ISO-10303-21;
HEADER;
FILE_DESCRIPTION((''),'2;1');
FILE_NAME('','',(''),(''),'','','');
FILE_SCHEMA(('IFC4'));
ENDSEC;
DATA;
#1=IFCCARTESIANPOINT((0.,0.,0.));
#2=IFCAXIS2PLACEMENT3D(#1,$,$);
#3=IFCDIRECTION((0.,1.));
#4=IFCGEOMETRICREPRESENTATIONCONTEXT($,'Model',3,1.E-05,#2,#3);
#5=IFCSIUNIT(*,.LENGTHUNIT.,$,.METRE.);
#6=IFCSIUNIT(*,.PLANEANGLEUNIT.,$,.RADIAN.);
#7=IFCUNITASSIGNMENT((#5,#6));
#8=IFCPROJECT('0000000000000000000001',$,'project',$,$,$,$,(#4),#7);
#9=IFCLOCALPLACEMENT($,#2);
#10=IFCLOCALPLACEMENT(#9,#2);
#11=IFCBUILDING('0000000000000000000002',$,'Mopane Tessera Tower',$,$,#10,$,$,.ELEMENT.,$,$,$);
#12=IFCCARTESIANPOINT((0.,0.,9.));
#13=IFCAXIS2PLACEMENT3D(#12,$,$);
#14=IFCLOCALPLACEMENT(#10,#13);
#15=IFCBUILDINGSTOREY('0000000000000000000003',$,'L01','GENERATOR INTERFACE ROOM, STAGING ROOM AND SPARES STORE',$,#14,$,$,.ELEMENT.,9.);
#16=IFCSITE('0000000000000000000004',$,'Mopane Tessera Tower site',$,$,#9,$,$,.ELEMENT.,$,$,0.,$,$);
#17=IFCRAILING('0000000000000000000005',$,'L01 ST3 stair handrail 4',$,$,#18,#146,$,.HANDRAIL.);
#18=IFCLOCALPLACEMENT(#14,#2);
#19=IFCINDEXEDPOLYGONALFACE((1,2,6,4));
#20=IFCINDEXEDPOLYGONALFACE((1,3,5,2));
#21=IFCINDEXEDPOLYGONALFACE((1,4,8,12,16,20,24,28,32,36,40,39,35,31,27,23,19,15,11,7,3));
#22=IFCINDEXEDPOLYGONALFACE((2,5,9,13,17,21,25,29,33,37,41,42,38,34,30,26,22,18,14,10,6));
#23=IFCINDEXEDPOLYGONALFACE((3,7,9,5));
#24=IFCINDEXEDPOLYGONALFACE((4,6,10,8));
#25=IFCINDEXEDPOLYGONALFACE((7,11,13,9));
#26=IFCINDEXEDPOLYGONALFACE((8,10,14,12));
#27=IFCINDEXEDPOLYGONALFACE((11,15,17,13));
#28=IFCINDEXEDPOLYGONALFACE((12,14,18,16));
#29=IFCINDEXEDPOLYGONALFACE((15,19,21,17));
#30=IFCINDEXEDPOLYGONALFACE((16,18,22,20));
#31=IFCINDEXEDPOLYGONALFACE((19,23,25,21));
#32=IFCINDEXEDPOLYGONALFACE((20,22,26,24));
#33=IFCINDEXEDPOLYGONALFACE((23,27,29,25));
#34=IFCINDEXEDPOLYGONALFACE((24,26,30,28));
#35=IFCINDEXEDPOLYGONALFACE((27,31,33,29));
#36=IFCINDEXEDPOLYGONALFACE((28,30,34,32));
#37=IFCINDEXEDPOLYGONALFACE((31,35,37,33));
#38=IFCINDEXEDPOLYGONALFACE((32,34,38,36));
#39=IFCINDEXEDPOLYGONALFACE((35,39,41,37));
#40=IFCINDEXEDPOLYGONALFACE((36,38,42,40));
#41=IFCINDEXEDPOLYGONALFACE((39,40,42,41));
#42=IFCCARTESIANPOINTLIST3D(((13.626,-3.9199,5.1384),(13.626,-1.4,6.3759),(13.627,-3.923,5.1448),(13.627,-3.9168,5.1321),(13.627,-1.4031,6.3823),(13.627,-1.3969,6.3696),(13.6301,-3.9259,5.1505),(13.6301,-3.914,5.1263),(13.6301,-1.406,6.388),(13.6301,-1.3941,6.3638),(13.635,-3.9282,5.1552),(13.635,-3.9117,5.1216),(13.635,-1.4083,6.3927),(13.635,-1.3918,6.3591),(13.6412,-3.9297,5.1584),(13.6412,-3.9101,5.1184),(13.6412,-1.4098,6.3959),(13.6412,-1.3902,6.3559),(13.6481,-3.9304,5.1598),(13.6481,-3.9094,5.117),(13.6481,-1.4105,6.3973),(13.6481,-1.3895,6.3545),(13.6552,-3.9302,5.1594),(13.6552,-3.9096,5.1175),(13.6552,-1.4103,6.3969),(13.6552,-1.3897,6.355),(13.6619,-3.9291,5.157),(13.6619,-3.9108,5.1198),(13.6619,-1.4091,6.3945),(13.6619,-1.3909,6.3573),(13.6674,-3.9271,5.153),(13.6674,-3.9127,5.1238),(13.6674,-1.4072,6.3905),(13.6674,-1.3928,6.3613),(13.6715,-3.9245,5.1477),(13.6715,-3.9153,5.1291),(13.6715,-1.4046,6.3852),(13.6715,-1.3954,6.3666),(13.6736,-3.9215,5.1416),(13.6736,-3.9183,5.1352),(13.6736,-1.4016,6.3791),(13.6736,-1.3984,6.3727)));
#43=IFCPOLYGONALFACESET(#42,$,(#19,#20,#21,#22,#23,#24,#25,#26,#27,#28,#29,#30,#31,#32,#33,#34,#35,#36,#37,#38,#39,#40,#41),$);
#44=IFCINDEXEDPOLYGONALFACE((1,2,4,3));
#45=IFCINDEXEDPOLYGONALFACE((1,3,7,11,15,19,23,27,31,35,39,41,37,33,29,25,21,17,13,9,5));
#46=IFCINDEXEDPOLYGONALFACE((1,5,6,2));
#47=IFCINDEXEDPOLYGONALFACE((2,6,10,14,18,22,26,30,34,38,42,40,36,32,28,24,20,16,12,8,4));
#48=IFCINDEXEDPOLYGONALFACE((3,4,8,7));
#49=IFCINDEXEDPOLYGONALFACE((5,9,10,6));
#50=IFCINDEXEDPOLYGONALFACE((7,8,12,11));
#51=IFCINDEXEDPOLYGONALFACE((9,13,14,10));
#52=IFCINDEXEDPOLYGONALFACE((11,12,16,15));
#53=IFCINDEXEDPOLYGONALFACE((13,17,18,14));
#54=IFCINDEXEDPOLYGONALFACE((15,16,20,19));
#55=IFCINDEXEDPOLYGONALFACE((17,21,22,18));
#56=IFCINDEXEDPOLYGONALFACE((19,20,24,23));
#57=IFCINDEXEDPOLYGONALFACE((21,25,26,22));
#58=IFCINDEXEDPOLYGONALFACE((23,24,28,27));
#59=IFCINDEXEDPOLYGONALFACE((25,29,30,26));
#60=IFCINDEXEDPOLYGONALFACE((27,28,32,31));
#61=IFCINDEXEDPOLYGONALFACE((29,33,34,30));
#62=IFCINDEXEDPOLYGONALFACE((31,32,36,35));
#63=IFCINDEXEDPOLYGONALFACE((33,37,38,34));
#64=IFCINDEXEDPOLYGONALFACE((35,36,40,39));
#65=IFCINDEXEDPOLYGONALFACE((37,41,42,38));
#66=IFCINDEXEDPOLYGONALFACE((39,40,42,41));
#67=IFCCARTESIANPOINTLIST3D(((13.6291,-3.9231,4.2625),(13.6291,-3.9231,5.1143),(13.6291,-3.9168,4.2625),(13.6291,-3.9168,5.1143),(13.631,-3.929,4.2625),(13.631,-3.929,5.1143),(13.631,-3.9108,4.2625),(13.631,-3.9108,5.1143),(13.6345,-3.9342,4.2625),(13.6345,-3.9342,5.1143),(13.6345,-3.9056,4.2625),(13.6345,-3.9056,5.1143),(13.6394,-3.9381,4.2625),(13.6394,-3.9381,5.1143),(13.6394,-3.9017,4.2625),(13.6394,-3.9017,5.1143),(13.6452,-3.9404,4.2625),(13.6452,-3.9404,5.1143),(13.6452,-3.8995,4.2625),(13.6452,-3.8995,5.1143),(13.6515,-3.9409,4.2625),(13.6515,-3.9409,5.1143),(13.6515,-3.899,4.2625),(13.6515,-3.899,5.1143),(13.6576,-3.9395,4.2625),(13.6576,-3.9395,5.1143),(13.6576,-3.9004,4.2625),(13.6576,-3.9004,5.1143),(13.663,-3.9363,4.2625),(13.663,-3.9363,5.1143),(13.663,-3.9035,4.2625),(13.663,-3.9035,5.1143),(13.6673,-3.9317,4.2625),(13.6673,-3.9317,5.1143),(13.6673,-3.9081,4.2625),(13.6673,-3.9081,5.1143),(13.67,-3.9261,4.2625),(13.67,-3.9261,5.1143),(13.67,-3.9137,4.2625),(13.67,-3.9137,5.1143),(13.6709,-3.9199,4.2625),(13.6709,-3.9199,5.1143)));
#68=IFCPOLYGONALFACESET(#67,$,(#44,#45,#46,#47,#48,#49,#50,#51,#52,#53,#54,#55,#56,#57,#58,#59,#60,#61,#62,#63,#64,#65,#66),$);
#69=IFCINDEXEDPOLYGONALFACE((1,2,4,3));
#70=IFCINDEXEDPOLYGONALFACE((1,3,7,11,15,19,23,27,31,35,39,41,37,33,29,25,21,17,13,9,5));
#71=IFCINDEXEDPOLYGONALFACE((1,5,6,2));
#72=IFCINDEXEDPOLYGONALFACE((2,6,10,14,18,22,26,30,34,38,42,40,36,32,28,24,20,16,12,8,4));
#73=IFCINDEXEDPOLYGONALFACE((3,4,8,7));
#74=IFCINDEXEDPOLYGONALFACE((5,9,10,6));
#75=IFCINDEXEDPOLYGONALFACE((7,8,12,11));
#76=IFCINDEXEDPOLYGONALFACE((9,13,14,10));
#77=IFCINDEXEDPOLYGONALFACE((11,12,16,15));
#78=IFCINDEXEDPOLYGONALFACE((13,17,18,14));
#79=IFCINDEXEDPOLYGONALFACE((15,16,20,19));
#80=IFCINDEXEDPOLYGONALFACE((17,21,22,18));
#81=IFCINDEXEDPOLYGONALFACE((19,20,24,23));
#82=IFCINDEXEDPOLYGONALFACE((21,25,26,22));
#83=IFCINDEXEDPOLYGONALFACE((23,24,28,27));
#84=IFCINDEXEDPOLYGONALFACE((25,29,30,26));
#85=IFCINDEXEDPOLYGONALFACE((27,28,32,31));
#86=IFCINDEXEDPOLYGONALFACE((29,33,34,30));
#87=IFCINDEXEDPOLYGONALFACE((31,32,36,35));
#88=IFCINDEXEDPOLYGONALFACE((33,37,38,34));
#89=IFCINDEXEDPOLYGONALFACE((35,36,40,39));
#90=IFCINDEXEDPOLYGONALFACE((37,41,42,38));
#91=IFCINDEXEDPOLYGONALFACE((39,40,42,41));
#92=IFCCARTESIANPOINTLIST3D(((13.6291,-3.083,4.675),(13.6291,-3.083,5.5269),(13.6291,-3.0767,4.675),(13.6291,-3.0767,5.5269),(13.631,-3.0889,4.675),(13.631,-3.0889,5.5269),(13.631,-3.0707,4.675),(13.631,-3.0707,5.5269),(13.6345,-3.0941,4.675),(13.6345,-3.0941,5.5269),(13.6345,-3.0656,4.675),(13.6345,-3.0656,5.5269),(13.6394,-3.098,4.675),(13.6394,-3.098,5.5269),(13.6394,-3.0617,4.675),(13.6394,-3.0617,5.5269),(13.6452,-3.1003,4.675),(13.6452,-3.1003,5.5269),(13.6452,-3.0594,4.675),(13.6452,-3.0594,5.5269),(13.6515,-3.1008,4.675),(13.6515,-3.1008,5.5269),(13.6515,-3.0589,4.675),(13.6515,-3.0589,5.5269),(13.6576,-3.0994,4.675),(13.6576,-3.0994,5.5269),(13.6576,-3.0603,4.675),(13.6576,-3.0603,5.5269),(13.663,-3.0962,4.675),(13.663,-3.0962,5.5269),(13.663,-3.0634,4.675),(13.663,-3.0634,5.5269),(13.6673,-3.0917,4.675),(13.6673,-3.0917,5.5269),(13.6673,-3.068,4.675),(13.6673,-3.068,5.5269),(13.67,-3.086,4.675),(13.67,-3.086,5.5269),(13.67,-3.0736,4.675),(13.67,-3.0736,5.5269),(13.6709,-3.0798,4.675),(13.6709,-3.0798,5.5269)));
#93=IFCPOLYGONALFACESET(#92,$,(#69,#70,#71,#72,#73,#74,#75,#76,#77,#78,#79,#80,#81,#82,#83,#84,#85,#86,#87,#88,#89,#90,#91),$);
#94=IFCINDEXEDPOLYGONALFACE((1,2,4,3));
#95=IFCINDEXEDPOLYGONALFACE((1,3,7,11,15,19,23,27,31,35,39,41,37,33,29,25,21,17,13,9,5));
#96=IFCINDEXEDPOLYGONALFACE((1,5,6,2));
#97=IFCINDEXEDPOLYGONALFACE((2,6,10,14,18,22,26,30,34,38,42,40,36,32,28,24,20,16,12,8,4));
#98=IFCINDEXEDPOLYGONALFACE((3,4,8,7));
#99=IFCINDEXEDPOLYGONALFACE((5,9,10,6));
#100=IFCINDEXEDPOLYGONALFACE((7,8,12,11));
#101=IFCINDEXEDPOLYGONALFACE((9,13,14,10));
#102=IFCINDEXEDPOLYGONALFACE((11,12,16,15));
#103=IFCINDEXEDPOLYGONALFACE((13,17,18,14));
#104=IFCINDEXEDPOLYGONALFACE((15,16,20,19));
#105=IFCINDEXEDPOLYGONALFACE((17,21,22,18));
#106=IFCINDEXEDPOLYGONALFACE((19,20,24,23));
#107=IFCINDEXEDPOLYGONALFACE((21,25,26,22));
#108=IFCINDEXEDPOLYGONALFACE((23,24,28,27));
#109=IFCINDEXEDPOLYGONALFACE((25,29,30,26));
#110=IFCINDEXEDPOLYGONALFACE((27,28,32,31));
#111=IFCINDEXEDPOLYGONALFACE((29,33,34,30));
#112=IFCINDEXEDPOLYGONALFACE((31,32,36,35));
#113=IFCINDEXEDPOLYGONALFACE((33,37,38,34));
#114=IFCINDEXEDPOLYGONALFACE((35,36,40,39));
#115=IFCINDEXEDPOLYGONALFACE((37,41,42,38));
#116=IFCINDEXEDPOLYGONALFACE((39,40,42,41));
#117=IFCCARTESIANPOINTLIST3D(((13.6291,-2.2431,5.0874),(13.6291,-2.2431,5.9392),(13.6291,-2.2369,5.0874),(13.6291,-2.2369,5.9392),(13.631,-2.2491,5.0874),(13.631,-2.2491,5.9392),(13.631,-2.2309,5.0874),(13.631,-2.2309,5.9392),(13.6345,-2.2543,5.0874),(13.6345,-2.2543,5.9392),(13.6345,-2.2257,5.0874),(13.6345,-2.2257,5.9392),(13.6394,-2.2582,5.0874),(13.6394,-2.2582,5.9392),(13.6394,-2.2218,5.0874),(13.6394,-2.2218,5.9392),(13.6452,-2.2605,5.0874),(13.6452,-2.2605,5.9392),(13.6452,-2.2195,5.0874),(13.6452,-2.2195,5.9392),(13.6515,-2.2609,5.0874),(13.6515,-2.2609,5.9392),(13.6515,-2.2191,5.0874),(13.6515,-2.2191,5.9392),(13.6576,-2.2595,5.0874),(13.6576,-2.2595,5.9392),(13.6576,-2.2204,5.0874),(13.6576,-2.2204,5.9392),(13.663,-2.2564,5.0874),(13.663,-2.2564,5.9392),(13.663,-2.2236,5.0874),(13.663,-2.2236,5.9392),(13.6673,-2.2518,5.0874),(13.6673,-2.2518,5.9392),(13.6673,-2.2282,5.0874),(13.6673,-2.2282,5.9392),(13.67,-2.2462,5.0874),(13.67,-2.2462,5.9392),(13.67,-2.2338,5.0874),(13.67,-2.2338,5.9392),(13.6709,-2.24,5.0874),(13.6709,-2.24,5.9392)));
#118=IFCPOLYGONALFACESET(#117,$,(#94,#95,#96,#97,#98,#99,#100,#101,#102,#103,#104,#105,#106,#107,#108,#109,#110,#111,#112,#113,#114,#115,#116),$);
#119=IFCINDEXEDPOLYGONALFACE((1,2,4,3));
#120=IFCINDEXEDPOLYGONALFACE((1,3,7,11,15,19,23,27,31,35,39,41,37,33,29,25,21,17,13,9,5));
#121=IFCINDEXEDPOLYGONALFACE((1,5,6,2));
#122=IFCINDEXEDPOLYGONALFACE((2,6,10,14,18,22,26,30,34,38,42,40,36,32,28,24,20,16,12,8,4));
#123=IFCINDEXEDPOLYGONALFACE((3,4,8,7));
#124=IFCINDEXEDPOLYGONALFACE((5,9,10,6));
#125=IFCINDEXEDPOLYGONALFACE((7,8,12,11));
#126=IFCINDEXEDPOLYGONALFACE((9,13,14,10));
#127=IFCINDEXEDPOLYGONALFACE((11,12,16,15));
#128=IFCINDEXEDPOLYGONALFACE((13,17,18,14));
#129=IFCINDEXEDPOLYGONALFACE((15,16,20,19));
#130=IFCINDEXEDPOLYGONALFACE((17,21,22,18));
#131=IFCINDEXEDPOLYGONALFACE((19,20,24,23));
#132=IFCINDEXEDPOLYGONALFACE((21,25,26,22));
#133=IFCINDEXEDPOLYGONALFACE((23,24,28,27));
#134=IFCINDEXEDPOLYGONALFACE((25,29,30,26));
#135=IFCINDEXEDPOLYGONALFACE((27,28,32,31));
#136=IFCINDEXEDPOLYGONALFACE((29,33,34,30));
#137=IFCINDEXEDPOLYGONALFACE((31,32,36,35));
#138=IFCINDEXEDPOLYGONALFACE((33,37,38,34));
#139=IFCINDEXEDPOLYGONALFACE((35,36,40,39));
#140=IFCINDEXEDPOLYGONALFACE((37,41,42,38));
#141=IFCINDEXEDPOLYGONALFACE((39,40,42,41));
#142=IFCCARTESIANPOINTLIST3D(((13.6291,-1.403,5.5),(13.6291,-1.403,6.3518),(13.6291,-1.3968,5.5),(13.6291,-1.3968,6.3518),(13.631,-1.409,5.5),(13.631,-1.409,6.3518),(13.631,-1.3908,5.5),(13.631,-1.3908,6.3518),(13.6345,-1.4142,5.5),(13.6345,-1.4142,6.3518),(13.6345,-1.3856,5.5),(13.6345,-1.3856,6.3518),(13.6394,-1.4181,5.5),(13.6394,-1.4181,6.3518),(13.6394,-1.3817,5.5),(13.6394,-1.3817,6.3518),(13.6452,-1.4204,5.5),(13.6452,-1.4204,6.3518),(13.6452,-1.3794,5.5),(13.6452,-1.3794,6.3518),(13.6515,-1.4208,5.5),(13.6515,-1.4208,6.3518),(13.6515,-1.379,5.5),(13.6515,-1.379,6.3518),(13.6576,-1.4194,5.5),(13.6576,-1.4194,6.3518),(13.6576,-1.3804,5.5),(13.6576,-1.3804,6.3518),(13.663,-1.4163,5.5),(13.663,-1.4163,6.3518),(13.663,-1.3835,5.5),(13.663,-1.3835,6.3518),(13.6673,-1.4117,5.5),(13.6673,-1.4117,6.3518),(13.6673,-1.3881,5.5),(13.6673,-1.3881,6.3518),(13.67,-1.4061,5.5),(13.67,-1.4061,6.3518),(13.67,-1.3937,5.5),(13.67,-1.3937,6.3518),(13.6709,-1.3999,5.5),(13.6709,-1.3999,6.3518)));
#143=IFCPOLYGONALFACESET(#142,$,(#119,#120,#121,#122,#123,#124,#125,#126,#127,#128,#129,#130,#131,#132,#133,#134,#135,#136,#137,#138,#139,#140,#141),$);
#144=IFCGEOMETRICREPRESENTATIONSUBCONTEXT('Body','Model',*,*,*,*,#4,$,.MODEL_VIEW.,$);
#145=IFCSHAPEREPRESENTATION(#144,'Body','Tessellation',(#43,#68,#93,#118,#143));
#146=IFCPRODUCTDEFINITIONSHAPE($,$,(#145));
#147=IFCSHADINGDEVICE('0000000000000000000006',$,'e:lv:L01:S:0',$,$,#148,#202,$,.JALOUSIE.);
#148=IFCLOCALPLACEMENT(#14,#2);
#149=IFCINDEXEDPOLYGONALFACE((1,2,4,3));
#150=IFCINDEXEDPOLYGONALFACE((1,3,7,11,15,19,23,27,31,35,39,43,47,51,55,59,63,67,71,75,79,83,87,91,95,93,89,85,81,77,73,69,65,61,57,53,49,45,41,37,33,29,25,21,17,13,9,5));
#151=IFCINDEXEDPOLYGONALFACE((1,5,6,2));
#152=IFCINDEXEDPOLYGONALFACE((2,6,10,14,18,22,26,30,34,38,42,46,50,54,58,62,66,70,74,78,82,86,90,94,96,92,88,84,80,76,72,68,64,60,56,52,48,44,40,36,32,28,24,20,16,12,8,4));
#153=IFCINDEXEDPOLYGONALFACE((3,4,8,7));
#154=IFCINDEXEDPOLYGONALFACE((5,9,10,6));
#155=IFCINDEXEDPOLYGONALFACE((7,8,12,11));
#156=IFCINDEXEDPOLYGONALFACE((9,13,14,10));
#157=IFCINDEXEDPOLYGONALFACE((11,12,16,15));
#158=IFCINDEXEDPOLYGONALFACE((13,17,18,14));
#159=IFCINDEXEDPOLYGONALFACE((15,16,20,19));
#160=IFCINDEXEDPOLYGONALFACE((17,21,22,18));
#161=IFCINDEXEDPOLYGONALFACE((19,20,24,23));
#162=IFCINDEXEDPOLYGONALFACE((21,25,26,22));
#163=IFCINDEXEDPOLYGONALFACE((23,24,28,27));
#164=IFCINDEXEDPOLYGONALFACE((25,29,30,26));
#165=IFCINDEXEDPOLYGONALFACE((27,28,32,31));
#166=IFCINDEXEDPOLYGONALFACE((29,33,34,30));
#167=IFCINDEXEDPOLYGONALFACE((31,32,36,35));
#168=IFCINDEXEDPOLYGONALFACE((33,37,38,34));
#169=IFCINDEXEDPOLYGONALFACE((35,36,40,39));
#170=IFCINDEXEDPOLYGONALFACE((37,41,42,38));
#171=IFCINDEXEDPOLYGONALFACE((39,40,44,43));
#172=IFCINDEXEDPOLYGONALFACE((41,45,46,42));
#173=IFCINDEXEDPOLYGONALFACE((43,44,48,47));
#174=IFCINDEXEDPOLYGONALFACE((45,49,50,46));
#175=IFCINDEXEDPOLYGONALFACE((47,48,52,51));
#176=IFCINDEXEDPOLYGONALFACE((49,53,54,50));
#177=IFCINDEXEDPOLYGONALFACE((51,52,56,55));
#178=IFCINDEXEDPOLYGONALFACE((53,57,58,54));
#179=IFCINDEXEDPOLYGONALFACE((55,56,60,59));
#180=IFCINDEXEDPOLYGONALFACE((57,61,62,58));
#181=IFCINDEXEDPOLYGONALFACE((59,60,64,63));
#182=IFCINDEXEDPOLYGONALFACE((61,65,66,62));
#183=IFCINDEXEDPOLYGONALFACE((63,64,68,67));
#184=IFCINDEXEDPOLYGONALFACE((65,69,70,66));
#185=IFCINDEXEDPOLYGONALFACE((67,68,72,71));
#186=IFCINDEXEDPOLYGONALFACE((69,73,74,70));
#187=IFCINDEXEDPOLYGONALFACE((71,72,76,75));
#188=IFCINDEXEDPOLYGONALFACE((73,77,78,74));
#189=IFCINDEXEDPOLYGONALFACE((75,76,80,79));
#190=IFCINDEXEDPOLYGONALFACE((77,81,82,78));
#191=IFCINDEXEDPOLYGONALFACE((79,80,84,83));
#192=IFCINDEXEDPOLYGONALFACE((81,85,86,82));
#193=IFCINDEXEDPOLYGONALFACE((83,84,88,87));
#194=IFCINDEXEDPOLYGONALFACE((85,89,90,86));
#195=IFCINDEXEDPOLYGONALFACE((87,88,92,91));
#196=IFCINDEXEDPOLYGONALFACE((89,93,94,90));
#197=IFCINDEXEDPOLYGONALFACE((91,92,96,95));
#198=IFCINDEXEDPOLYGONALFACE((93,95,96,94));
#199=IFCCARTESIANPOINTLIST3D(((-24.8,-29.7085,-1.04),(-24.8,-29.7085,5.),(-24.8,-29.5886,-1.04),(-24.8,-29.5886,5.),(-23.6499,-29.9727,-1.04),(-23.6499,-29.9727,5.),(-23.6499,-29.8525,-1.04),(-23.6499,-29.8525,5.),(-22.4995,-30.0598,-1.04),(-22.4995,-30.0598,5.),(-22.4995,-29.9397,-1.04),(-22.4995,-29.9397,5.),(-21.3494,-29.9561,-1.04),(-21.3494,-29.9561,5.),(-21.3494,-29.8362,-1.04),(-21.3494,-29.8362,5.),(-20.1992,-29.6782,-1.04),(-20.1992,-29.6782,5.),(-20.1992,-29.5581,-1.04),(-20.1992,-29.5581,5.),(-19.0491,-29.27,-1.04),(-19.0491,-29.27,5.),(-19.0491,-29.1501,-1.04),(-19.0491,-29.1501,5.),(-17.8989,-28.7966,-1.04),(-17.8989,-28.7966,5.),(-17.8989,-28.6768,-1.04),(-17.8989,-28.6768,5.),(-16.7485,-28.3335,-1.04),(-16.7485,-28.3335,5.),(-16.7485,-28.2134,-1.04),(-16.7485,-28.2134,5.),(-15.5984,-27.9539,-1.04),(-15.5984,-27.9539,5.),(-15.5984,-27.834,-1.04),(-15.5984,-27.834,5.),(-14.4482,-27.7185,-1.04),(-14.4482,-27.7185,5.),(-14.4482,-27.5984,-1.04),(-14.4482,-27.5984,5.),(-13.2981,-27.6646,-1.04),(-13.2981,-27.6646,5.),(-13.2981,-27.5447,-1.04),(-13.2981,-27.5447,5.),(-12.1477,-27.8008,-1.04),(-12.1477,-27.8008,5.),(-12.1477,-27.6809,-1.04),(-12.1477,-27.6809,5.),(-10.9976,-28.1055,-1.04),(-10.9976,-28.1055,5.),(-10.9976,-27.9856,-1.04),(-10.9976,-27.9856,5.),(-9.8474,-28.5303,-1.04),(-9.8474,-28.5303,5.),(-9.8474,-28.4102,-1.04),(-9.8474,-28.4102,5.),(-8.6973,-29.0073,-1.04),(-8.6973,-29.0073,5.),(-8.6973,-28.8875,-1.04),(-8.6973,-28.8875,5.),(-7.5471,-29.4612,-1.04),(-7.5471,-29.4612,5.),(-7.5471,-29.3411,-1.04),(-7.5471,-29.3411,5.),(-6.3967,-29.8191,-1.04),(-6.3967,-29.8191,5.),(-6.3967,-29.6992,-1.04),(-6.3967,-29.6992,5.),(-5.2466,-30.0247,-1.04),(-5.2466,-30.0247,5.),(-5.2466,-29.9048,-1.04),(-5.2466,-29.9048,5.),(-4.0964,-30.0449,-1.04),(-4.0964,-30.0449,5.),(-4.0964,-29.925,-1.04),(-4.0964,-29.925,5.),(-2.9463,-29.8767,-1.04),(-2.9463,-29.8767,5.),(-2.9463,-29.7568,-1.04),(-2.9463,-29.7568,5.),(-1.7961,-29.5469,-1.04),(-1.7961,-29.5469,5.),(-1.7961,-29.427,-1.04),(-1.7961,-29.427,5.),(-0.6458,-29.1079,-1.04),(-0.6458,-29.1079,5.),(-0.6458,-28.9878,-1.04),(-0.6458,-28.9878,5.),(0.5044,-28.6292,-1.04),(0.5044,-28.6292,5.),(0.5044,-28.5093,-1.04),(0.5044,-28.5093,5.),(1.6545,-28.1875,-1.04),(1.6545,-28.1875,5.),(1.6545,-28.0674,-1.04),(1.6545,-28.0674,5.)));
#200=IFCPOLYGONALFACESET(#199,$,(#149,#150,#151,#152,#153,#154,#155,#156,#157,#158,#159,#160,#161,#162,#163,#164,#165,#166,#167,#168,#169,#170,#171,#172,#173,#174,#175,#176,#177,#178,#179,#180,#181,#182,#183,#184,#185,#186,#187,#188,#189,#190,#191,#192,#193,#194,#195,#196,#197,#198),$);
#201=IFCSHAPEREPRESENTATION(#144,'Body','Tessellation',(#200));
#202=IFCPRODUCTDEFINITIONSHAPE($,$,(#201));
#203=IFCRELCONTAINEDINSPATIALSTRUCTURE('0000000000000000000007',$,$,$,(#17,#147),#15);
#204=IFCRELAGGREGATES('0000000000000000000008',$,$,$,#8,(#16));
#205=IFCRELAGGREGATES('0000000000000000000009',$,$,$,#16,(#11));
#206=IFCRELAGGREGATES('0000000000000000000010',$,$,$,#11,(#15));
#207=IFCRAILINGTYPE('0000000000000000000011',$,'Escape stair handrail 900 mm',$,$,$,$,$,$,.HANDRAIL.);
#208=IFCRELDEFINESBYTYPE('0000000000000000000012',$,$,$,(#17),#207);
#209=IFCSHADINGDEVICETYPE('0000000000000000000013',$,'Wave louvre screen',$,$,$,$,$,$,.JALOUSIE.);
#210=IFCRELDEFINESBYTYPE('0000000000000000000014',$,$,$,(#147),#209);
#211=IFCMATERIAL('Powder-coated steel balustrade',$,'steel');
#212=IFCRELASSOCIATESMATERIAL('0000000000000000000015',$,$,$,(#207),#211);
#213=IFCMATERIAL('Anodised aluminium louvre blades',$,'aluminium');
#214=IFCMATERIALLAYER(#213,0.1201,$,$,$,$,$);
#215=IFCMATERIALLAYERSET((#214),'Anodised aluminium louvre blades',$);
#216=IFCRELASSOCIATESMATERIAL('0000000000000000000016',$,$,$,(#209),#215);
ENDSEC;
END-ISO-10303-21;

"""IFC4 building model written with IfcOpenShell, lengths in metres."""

from ifc_helpers import new_model, si_unit, direction, frame, origin, origin_2d, place, context, subcontext, project, spatial, polyline, circle, outline, extrude, material, layer, layer_set, type_object, element, save


model = new_model("IFC4")

# Units and contexts
model_context = context("Model", 3, precision=1e-05, world=origin(), true_north=direction((0.0, 1.0)))
body_context = subcontext(model_context, "Body", "Model", "MODEL_VIEW")
ifc_project = project(units=[si_unit("LENGTHUNIT", "METRE"), si_unit("PLANEANGLEUNIT", "RADIAN")], contexts=[model_context])

# Site, building, storey
site_placement = place(None, origin())
site = spatial("IfcSite", under=ifc_project, at=site_placement, Name="Mopane Tessera Tower site", CompositionType="ELEMENT", RefElevation=0.0)
building_placement = place(site_placement, origin())
building = spatial("IfcBuilding", under=site, at=building_placement, Name="Mopane Tessera Tower", CompositionType="ELEMENT")
storey_placement = place(building_placement, frame((0.0, 0.0, 9.0)))
storey = spatial("IfcBuildingStorey", under=building, at=storey_placement, Name="L01", Description="GENERATOR INTERFACE ROOM, STAGING ROOM AND SPARES STORE", CompositionType="ELEMENT", Elevation=9.0)

# Railing
ifc_material_1 = material(Name="Powder-coated steel balustrade", Category="steel")
railing_type_1 = type_object("IfcRailingType", Name="Escape stair handrail 900 mm", PredefinedType="HANDRAIL", material=ifc_material_1)
railing_1_placement = place(storey_placement, frame((13.6499, -3.9199, 4.2625)))
element("IfcRailing", 1, at=railing_1_placement, inside=storey, type_object=railing_type_1, Name="L01 ST3 stair handrail 4", PredefinedType="HANDRAIL", context=body_context, shape_type="SweptSolid", body=[
    extrude(circle(Radius=0.0239, at=origin_2d()), frame((0.0, 0.0, 0.876), z_axis=(0.0, 0.897604, 0.440802), x_axis=(-1.0, 0.0, 0.0)), (0.0, 0.0, 1.0), 2.8074),
    extrude(circle(Radius=0.021, at=origin_2d()), origin(), (0.0, 0.0, 1.0), 0.8518),
    extrude(circle(Radius=0.021, at=origin_2d()), frame((0.0, 0.8401, 0.4126)), (0.0, 0.0, 1.0), 0.8518),
    extrude(circle(Radius=0.021, at=origin_2d()), frame((0.0, 1.6799, 0.825)), (0.0, 0.0, 1.0), 0.8518),
    extrude(circle(Radius=0.021, at=origin_2d()), frame((0.0, 2.52, 1.2375)), (0.0, 0.0, 1.0), 0.8518),
])

# Shading device
ifc_material_2 = material(Name="Anodised aluminium louvre blades", Category="aluminium")
ifc_layer_1 = layer(ifc_material_2, 0.1201)
ifc_layer_set_1 = layer_set([ifc_layer_1], Name="Anodised aluminium louvre blades")
shading_device_type = type_object("IfcShadingDeviceType", Name="Wave louvre screen", PredefinedType="JALOUSIE", material=ifc_layer_set_1)
shading_device_1_placement = place(storey_placement, frame((0.0, 0.0, -1.04)))
element("IfcShadingDevice", 2, at=shading_device_1_placement, inside=storey, type_object=shading_device_type, Name="e:lv:L01:S:0", PredefinedType="JALOUSIE", context=body_context, shape_type="SweptSolid", body=[
    extrude(outline(polyline([(-24.8, -29.5886), (-23.6499, -29.8525), (-22.4995, -29.9397), (-21.3494, -29.8362), (-20.1992, -29.5581), (-19.0491, -29.1501), (-17.8989, -28.6768), (-16.7485, -28.2134), (-15.5984, -27.834), (-14.4482, -27.5984), (-13.2981, -27.5447), (-12.1477, -27.6809), (-10.9976, -27.9856), (-9.8474, -28.4102), (-8.6973, -28.8875), (-7.5471, -29.3411), (-6.3967, -29.6992), (-5.2466, -29.9048), (-4.0964, -29.925), (-2.9463, -29.7568), (-1.7961, -29.427), (-0.6458, -28.9878), (0.5044, -28.5093), (1.6545, -28.0674), (1.6545, -28.1875), (0.5044, -28.6292), (-0.6458, -29.1079), (-1.7961, -29.5469), (-2.9463, -29.8767), (-4.0964, -30.0449), (-5.2466, -30.0247), (-6.3967, -29.8191), (-7.5471, -29.4612), (-8.6973, -29.0073), (-9.8474, -28.5303), (-10.9976, -28.1055), (-12.1477, -27.8008), (-13.2981, -27.6646), (-14.4482, -27.7185), (-15.5984, -27.9539), (-16.7485, -28.3335), (-17.8989, -28.7966), (-19.0491, -29.27), (-20.1992, -29.6782), (-21.3494, -29.9561), (-22.4995, -30.0598), (-23.6499, -29.9727), (-24.8, -29.7085), (-24.8, -29.5886)])), origin(), (0.0, 0.0, 1.0), 6.04),
])

save(model, "model.ifc")
